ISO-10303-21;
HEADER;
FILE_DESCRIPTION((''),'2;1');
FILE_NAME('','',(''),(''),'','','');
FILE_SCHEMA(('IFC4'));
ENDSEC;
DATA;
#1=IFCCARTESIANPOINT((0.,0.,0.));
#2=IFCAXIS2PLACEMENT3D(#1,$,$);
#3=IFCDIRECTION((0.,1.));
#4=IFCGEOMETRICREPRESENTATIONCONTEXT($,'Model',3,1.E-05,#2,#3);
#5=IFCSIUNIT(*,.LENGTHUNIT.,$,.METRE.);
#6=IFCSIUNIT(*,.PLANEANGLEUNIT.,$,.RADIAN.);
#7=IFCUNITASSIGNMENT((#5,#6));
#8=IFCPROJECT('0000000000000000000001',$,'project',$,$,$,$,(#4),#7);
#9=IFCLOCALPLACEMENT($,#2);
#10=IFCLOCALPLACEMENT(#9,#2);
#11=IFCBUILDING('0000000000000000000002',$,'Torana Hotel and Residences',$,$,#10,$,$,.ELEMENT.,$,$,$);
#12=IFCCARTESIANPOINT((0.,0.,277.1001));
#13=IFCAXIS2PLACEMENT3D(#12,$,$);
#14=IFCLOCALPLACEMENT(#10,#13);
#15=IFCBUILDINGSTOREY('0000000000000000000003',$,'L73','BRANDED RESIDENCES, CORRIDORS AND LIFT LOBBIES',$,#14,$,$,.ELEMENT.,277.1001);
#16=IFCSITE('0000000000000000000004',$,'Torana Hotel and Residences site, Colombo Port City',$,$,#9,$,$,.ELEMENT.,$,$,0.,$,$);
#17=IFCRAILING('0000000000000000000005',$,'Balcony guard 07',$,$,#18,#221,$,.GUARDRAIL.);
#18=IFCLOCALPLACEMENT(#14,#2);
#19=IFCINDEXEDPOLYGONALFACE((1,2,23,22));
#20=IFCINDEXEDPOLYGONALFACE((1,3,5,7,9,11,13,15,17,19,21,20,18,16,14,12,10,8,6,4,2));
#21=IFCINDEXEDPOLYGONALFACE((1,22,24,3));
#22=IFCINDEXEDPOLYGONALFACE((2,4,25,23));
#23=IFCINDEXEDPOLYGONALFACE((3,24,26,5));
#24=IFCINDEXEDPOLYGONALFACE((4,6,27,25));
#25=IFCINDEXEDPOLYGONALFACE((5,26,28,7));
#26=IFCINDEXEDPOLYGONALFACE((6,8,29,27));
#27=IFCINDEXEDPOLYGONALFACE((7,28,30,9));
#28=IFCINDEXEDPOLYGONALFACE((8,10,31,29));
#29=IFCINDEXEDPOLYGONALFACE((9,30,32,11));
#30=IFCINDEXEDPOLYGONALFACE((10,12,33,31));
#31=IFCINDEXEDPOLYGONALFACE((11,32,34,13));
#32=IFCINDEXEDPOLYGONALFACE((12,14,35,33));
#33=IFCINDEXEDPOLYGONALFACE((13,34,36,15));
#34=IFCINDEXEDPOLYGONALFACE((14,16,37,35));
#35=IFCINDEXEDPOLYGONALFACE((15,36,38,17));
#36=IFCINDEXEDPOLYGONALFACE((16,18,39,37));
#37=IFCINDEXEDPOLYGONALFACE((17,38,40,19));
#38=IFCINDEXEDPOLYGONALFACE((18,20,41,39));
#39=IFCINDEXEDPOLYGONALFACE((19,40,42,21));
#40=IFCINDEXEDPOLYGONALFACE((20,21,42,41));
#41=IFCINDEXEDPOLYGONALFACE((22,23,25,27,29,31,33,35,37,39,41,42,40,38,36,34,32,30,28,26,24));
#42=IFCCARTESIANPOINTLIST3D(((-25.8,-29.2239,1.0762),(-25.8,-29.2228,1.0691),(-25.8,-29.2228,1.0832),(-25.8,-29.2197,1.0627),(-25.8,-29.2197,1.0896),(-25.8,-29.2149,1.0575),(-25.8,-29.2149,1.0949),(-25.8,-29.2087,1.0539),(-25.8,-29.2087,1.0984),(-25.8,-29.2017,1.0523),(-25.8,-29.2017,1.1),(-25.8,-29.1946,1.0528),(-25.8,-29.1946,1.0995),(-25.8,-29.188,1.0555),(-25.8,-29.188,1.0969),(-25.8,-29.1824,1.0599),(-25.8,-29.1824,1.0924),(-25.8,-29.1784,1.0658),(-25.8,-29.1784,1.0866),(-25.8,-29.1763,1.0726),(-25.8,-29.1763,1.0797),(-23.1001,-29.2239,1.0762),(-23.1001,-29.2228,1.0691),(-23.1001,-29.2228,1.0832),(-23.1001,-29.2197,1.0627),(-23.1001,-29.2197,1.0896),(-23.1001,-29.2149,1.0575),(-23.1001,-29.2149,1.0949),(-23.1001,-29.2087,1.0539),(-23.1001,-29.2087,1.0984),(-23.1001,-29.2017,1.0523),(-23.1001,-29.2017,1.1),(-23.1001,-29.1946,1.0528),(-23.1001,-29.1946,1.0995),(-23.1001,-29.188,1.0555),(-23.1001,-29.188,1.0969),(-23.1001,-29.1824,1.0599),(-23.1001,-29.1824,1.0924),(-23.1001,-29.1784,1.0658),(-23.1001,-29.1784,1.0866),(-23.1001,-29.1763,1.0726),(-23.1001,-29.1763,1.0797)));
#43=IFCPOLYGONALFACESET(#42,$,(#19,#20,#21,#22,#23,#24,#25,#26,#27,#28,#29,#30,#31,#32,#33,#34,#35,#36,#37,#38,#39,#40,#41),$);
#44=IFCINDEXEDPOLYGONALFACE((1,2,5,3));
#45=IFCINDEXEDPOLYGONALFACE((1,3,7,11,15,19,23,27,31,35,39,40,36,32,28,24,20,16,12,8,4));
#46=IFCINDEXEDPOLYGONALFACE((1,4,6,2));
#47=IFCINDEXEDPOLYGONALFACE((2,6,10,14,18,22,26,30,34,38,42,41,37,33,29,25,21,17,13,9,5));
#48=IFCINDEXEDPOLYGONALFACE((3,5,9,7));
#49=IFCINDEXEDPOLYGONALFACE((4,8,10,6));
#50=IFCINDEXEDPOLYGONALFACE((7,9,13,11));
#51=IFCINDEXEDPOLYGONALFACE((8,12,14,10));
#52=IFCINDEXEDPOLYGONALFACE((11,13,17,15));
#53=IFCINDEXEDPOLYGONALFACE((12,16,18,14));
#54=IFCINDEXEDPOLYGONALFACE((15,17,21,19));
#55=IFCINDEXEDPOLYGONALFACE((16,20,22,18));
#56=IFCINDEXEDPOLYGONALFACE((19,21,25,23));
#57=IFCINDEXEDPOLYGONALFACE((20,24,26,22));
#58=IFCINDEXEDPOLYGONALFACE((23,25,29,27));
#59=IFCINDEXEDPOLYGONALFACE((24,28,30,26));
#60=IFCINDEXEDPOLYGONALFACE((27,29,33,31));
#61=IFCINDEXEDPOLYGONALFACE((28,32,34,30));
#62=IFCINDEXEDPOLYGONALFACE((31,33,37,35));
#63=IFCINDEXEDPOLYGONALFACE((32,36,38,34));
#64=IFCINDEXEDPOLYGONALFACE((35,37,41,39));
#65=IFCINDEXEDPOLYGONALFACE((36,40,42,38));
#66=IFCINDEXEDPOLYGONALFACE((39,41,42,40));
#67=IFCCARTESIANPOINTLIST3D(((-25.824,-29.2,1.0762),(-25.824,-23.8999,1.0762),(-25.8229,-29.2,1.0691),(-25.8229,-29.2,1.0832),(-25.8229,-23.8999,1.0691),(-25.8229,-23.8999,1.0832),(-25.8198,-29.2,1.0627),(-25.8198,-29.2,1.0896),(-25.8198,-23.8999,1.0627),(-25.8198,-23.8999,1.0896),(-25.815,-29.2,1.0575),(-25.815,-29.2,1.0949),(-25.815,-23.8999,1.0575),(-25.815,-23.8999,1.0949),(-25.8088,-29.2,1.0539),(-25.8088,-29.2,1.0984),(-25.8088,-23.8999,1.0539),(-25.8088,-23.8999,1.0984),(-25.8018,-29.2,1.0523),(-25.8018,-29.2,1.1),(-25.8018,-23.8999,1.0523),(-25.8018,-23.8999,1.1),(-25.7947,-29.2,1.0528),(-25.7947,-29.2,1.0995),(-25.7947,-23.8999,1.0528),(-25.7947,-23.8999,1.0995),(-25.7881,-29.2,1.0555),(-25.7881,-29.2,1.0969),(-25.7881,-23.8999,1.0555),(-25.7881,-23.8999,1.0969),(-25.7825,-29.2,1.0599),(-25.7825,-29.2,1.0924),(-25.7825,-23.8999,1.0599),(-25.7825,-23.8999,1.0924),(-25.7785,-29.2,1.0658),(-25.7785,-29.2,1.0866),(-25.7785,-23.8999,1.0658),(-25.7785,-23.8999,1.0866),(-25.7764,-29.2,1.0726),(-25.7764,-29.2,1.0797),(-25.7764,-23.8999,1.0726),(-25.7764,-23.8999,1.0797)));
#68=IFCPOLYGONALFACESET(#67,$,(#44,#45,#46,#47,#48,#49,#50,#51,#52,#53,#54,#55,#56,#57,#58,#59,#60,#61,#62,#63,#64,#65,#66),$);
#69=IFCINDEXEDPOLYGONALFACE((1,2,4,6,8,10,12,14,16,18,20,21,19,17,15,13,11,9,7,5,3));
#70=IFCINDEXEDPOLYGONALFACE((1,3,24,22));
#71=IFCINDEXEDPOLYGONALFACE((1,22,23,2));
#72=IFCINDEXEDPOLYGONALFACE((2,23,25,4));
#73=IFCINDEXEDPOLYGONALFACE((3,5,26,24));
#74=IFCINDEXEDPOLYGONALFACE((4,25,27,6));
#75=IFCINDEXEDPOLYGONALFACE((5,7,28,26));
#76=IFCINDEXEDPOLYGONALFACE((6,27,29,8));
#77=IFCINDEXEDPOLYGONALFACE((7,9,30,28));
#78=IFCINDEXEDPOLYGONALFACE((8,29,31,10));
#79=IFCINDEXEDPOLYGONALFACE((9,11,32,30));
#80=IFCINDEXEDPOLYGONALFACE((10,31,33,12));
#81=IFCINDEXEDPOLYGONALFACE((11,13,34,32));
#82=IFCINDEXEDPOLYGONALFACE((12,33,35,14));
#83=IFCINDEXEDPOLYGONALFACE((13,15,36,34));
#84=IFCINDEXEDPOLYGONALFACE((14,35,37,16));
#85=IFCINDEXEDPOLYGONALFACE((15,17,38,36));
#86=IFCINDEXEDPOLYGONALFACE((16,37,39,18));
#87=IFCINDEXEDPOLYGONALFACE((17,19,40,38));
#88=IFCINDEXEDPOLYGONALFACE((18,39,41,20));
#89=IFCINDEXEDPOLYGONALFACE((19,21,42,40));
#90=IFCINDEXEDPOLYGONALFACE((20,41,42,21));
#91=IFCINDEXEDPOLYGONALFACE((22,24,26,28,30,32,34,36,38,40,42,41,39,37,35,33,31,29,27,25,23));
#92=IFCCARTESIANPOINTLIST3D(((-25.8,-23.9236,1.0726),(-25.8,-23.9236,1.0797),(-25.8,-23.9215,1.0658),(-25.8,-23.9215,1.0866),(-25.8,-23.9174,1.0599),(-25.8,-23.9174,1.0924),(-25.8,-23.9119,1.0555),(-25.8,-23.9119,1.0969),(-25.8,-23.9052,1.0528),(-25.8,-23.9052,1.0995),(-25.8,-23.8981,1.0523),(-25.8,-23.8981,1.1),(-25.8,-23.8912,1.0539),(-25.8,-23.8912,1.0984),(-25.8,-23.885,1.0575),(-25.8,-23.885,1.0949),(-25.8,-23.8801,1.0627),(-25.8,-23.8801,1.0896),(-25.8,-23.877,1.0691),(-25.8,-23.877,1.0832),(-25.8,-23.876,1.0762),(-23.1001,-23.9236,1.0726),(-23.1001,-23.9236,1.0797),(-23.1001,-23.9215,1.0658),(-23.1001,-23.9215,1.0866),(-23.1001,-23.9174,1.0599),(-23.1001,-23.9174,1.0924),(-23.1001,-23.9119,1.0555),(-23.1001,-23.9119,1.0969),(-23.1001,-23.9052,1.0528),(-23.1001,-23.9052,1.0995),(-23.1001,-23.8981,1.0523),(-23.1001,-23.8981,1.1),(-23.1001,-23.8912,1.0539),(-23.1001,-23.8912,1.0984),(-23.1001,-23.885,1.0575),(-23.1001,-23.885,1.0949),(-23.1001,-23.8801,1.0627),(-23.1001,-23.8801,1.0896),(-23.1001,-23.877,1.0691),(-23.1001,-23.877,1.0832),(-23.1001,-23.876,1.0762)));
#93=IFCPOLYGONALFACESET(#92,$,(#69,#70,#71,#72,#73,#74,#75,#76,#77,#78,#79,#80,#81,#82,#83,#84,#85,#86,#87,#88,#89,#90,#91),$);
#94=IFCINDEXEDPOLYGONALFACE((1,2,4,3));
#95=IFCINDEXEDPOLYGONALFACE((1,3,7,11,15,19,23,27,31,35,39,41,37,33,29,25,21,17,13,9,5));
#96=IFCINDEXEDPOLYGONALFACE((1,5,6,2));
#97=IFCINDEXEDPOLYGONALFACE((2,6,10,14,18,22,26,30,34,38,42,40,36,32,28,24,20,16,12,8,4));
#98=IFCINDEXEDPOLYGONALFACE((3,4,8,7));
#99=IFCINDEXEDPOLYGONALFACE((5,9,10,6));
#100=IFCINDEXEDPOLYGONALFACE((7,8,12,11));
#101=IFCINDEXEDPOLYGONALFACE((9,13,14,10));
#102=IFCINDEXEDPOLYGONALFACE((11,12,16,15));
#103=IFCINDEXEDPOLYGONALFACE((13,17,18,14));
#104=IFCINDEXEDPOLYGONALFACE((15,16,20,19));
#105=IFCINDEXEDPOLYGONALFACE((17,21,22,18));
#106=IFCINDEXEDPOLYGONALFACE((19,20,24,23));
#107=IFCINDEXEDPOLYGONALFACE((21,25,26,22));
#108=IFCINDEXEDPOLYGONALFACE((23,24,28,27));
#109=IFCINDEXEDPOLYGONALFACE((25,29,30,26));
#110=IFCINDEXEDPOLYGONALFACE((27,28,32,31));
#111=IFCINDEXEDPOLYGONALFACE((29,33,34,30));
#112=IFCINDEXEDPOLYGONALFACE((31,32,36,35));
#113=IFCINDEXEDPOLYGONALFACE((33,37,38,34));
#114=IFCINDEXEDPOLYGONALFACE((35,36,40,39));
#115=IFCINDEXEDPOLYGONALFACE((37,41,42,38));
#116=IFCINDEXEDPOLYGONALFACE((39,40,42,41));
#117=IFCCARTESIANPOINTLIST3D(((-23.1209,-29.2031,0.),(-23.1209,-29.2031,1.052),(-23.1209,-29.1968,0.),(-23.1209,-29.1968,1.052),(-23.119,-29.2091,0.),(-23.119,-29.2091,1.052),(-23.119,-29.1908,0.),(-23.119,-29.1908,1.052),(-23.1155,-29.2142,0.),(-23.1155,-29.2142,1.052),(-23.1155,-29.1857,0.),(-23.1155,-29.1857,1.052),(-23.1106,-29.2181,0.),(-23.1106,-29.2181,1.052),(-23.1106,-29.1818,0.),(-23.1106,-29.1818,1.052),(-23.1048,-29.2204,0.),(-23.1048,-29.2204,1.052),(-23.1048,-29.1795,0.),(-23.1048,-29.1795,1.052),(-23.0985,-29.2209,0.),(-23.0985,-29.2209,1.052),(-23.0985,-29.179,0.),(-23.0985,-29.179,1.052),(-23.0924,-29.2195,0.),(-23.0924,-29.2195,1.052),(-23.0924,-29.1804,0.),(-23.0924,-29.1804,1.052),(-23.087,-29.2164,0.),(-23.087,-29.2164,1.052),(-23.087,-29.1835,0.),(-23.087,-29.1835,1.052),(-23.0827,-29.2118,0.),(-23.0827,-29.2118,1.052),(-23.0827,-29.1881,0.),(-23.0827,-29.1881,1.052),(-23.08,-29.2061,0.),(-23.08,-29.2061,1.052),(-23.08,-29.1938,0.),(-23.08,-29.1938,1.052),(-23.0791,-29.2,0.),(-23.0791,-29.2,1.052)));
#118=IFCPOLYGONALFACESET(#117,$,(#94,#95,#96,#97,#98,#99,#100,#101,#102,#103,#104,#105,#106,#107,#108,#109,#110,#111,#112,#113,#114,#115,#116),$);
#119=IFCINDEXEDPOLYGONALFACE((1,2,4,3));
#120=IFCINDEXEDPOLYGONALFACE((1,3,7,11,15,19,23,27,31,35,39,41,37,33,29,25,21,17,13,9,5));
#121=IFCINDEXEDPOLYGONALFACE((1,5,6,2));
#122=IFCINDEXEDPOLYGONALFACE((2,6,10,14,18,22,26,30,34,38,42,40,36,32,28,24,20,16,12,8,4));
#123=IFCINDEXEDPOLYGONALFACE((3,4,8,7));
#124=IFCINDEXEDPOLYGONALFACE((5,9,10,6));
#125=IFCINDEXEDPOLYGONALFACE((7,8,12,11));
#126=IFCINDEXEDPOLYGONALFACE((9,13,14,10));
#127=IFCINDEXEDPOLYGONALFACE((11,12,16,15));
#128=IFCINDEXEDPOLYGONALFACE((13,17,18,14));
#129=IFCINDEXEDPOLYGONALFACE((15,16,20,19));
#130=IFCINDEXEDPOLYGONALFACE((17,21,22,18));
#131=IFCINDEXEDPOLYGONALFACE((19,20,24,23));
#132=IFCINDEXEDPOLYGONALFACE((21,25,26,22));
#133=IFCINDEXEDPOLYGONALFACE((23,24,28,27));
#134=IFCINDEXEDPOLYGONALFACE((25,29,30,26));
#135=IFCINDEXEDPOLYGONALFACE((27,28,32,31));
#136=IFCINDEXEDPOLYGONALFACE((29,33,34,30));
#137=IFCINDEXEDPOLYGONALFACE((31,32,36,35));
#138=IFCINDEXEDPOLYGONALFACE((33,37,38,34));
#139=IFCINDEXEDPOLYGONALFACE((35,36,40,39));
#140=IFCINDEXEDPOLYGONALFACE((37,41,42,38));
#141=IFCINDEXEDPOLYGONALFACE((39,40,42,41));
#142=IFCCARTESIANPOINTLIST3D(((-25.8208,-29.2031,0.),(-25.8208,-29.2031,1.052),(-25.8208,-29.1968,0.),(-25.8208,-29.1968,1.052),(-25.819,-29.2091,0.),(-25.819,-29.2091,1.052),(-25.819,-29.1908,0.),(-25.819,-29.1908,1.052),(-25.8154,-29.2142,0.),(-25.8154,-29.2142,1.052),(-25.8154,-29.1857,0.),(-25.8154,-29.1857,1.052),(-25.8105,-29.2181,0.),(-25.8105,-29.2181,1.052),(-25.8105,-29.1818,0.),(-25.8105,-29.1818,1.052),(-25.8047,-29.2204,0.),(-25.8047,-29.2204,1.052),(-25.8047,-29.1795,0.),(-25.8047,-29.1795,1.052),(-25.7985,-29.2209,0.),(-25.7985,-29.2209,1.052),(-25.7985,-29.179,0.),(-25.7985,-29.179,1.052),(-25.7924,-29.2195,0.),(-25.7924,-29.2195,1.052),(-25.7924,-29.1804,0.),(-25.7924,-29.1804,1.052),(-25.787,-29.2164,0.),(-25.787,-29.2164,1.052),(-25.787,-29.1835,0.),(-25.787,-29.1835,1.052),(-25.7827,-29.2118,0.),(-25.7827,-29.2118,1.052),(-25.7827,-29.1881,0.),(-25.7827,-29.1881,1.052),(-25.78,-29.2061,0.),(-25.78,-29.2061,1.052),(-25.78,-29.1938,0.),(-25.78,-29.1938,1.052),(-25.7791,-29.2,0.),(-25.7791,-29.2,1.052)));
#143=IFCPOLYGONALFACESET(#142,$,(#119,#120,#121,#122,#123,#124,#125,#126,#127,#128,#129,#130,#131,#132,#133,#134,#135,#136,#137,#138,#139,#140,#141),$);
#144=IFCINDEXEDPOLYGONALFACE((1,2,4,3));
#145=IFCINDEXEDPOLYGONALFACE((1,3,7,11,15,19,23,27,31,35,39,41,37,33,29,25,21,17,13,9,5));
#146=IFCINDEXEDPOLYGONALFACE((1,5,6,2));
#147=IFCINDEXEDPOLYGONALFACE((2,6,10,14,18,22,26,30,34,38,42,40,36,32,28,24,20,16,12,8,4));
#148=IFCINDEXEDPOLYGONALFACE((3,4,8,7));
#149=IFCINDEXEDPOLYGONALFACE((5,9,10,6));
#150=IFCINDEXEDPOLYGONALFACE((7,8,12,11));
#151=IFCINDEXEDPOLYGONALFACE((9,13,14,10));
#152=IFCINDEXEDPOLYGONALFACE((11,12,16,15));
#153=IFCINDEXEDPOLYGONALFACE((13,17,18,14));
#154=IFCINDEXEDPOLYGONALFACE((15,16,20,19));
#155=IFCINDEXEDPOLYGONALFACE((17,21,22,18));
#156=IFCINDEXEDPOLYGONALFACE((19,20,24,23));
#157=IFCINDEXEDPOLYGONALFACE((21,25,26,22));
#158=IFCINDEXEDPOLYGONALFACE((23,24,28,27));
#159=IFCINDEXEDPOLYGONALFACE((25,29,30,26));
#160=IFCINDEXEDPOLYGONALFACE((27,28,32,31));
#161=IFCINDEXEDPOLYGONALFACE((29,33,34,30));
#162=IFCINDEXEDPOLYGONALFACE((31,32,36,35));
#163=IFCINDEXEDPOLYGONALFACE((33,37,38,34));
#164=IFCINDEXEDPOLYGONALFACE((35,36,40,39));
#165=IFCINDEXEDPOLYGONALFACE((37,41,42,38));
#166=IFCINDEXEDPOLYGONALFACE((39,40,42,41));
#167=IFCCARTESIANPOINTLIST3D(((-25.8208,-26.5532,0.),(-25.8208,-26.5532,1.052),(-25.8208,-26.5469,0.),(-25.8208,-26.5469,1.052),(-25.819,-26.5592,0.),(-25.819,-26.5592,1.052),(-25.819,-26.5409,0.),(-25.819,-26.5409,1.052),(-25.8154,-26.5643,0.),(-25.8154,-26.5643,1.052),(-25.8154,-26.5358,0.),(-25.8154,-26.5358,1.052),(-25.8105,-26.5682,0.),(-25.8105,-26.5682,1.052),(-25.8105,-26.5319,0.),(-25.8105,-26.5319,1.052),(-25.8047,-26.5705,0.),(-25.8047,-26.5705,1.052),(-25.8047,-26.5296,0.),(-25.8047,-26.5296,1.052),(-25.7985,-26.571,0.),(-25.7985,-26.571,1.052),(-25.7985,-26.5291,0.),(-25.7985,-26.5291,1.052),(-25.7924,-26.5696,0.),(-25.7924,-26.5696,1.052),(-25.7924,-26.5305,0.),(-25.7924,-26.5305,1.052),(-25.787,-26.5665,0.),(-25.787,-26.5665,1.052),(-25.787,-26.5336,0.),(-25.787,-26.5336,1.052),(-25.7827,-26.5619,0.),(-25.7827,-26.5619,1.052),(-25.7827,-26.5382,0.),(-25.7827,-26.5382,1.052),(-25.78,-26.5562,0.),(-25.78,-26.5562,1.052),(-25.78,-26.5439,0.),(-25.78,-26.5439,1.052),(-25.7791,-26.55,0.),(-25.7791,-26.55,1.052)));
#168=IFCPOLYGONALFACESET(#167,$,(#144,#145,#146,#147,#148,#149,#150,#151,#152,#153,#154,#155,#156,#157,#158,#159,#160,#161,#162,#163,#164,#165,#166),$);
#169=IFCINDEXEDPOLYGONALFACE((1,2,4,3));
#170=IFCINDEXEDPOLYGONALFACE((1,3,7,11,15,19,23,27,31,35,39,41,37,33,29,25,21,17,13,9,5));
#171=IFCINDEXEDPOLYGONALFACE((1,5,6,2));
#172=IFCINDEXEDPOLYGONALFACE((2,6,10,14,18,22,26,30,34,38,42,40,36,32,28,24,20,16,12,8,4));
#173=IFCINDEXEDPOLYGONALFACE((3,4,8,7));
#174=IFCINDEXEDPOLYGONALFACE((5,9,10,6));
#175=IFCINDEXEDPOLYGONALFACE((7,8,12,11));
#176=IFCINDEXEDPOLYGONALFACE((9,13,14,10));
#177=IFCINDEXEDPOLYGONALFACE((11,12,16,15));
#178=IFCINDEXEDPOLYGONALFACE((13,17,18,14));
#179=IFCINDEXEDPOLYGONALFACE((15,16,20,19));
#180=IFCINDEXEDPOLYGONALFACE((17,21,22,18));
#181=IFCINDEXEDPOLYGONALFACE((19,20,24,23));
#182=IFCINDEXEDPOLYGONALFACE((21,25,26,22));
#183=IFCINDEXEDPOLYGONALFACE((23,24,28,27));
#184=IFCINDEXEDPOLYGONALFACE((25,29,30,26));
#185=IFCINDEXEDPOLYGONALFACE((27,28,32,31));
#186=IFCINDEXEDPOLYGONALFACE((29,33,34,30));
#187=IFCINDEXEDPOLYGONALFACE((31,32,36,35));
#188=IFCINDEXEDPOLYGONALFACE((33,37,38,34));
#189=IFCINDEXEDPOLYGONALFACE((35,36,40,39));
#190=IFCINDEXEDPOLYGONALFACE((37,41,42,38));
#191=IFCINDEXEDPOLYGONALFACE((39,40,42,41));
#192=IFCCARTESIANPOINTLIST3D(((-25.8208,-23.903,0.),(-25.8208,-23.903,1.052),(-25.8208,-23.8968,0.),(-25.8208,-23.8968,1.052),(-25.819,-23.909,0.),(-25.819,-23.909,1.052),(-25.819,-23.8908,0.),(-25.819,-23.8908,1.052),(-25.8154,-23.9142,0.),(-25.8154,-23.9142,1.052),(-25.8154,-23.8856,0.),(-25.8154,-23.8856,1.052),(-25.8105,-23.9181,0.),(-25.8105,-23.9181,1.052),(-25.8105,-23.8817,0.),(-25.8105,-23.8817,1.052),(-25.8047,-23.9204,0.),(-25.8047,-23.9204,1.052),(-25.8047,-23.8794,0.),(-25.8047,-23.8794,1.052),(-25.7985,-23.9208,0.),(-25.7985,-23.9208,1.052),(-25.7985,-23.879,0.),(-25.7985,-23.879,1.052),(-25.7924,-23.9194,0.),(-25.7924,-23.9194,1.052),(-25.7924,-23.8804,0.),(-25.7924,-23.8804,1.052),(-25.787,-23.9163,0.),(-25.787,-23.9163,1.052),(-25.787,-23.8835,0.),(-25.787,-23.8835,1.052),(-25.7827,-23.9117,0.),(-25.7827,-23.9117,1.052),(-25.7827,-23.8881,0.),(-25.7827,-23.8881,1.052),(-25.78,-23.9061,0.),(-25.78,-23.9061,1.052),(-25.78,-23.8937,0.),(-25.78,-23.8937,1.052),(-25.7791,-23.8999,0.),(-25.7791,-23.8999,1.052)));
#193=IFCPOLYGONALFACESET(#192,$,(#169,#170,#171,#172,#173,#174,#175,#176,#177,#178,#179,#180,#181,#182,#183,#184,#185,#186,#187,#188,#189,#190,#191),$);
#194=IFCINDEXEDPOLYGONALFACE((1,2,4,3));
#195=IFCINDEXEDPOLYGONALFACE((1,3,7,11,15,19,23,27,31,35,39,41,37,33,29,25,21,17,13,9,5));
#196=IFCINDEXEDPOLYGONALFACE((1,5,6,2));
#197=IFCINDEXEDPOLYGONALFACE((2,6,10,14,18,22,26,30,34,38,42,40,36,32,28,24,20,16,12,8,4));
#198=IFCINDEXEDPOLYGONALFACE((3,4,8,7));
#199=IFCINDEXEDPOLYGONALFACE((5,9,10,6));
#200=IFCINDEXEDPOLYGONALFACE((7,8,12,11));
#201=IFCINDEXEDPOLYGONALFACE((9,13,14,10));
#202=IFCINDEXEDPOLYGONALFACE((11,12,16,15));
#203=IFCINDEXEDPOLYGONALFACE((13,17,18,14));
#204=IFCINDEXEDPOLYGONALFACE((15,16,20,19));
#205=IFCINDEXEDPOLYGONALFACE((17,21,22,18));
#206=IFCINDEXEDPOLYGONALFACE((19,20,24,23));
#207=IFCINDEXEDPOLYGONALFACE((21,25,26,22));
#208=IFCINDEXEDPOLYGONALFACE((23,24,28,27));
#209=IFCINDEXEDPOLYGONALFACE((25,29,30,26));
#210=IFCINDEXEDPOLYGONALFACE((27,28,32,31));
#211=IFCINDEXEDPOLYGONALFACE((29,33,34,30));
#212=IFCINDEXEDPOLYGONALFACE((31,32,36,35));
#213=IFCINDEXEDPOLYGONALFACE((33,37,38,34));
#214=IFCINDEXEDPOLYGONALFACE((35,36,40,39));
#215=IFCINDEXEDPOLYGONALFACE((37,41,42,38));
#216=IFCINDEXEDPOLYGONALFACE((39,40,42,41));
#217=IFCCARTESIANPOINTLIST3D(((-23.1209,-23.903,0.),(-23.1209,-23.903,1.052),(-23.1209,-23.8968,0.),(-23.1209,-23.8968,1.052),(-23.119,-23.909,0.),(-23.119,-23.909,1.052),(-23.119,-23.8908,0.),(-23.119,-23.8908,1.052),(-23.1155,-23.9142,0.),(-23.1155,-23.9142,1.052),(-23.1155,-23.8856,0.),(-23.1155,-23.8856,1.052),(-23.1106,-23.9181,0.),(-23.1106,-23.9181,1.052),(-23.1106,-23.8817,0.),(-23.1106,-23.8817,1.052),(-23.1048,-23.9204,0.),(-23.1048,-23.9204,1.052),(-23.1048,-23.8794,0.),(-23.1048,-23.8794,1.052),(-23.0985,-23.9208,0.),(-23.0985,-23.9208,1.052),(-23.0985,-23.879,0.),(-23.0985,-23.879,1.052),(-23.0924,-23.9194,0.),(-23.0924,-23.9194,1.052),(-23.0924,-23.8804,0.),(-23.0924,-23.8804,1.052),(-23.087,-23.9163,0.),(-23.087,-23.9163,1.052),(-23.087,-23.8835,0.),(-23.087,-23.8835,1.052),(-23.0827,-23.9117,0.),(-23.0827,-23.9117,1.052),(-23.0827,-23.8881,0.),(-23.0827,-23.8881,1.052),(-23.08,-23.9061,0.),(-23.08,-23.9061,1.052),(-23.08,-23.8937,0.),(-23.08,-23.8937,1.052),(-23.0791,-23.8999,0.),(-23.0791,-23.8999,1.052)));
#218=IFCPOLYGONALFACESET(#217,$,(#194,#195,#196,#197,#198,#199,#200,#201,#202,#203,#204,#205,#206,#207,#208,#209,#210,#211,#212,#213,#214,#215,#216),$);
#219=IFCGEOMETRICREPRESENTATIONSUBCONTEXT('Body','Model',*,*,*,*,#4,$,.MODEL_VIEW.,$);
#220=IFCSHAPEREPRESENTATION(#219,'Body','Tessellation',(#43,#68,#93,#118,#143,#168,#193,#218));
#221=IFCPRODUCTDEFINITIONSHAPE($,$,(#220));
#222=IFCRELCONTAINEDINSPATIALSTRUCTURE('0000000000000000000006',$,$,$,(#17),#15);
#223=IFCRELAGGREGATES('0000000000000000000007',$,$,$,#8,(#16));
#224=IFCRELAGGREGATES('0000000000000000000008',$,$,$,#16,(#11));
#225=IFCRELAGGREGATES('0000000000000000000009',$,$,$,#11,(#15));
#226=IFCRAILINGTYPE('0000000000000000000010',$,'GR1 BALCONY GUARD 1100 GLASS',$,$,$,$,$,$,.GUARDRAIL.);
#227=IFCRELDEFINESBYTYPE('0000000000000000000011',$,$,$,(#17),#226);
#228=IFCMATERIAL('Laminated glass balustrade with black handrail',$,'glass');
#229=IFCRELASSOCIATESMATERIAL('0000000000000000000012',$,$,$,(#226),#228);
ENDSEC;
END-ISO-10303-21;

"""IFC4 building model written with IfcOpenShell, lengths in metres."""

from ifc_helpers import new_model, si_unit, direction, frame, origin, origin_2d, place, context, subcontext, project, spatial, circle, extrude, material, type_object, element, save


model = new_model("IFC4")

# Units and contexts
model_context = context("Model", 3, precision=1e-05, world=origin(), true_north=direction((0.0, 1.0)))
body_context = subcontext(model_context, "Body", "Model", "MODEL_VIEW")
ifc_project = project(units=[si_unit("LENGTHUNIT", "METRE"), si_unit("PLANEANGLEUNIT", "RADIAN")], contexts=[model_context])

# Site, building, storey
site_placement = place(None, origin())
site = spatial("IfcSite", under=ifc_project, at=site_placement, Name="Torana Hotel and Residences site, Colombo Port City", CompositionType="ELEMENT", RefElevation=0.0)
building_placement = place(site_placement, origin())
building = spatial("IfcBuilding", under=site, at=building_placement, Name="Torana Hotel and Residences", CompositionType="ELEMENT")
storey_placement = place(building_placement, frame((0.0, 0.0, 277.1001)))
storey = spatial("IfcBuildingStorey", under=building, at=storey_placement, Name="L73", Description="BRANDED RESIDENCES, CORRIDORS AND LIFT LOBBIES", CompositionType="ELEMENT", Elevation=277.1001)

# Railing
ifc_material_1 = material(Name="Laminated glass balustrade with black handrail", Category="glass")
railing_type = type_object("IfcRailingType", Name="GR1 BALCONY GUARD 1100 GLASS", PredefinedType="GUARDRAIL", material=ifc_material_1)
railing_placement = place(storey_placement, frame((-23.1001, -29.2, 0.0)))
element("IfcRailing", 1, at=railing_placement, inside=storey, type_object=railing_type, Name="Balcony guard 07", PredefinedType="GUARDRAIL", context=body_context, shape_type="SweptSolid", body=[
    extrude(circle(Radius=0.0239, at=origin_2d()), frame((0.0, 0.0, 1.0762), z_axis=(-1.0, 0.0, 0.0), x_axis=(0.0, -1.0, 0.0)), (0.0, 0.0, 1.0), 2.7),
    extrude(circle(Radius=0.0239, at=origin_2d()), frame((-2.7, 0.0, 1.0762), z_axis=(0.0, 1.0, 0.0), x_axis=(-1.0, 0.0, 0.0)), (0.0, 0.0, 1.0), 5.3),
    extrude(circle(Radius=0.0239, at=origin_2d()), frame((-2.7, 5.3, 1.0762), z_axis=(1.0, 0.0, 0.0), x_axis=(0.0, 1.0, 0.0)), (0.0, 0.0, 1.0), 2.7),
    extrude(circle(Radius=0.021, at=origin_2d()), origin(), (0.0, 0.0, 1.0), 1.052),
    extrude(circle(Radius=0.021, at=origin_2d()), frame((-2.7, 0.0, 0.0)), (0.0, 0.0, 1.0), 1.052),
    extrude(circle(Radius=0.021, at=origin_2d()), frame((-2.7, 2.6499, 0.0)), (0.0, 0.0, 1.0), 1.052),
    extrude(circle(Radius=0.021, at=origin_2d()), frame((-2.7, 5.3, 0.0)), (0.0, 0.0, 1.0), 1.052),
    extrude(circle(Radius=0.021, at=origin_2d()), frame((0.0, 5.3, 0.0)), (0.0, 0.0, 1.0), 1.052),
])

save(model, "model.ifc")
